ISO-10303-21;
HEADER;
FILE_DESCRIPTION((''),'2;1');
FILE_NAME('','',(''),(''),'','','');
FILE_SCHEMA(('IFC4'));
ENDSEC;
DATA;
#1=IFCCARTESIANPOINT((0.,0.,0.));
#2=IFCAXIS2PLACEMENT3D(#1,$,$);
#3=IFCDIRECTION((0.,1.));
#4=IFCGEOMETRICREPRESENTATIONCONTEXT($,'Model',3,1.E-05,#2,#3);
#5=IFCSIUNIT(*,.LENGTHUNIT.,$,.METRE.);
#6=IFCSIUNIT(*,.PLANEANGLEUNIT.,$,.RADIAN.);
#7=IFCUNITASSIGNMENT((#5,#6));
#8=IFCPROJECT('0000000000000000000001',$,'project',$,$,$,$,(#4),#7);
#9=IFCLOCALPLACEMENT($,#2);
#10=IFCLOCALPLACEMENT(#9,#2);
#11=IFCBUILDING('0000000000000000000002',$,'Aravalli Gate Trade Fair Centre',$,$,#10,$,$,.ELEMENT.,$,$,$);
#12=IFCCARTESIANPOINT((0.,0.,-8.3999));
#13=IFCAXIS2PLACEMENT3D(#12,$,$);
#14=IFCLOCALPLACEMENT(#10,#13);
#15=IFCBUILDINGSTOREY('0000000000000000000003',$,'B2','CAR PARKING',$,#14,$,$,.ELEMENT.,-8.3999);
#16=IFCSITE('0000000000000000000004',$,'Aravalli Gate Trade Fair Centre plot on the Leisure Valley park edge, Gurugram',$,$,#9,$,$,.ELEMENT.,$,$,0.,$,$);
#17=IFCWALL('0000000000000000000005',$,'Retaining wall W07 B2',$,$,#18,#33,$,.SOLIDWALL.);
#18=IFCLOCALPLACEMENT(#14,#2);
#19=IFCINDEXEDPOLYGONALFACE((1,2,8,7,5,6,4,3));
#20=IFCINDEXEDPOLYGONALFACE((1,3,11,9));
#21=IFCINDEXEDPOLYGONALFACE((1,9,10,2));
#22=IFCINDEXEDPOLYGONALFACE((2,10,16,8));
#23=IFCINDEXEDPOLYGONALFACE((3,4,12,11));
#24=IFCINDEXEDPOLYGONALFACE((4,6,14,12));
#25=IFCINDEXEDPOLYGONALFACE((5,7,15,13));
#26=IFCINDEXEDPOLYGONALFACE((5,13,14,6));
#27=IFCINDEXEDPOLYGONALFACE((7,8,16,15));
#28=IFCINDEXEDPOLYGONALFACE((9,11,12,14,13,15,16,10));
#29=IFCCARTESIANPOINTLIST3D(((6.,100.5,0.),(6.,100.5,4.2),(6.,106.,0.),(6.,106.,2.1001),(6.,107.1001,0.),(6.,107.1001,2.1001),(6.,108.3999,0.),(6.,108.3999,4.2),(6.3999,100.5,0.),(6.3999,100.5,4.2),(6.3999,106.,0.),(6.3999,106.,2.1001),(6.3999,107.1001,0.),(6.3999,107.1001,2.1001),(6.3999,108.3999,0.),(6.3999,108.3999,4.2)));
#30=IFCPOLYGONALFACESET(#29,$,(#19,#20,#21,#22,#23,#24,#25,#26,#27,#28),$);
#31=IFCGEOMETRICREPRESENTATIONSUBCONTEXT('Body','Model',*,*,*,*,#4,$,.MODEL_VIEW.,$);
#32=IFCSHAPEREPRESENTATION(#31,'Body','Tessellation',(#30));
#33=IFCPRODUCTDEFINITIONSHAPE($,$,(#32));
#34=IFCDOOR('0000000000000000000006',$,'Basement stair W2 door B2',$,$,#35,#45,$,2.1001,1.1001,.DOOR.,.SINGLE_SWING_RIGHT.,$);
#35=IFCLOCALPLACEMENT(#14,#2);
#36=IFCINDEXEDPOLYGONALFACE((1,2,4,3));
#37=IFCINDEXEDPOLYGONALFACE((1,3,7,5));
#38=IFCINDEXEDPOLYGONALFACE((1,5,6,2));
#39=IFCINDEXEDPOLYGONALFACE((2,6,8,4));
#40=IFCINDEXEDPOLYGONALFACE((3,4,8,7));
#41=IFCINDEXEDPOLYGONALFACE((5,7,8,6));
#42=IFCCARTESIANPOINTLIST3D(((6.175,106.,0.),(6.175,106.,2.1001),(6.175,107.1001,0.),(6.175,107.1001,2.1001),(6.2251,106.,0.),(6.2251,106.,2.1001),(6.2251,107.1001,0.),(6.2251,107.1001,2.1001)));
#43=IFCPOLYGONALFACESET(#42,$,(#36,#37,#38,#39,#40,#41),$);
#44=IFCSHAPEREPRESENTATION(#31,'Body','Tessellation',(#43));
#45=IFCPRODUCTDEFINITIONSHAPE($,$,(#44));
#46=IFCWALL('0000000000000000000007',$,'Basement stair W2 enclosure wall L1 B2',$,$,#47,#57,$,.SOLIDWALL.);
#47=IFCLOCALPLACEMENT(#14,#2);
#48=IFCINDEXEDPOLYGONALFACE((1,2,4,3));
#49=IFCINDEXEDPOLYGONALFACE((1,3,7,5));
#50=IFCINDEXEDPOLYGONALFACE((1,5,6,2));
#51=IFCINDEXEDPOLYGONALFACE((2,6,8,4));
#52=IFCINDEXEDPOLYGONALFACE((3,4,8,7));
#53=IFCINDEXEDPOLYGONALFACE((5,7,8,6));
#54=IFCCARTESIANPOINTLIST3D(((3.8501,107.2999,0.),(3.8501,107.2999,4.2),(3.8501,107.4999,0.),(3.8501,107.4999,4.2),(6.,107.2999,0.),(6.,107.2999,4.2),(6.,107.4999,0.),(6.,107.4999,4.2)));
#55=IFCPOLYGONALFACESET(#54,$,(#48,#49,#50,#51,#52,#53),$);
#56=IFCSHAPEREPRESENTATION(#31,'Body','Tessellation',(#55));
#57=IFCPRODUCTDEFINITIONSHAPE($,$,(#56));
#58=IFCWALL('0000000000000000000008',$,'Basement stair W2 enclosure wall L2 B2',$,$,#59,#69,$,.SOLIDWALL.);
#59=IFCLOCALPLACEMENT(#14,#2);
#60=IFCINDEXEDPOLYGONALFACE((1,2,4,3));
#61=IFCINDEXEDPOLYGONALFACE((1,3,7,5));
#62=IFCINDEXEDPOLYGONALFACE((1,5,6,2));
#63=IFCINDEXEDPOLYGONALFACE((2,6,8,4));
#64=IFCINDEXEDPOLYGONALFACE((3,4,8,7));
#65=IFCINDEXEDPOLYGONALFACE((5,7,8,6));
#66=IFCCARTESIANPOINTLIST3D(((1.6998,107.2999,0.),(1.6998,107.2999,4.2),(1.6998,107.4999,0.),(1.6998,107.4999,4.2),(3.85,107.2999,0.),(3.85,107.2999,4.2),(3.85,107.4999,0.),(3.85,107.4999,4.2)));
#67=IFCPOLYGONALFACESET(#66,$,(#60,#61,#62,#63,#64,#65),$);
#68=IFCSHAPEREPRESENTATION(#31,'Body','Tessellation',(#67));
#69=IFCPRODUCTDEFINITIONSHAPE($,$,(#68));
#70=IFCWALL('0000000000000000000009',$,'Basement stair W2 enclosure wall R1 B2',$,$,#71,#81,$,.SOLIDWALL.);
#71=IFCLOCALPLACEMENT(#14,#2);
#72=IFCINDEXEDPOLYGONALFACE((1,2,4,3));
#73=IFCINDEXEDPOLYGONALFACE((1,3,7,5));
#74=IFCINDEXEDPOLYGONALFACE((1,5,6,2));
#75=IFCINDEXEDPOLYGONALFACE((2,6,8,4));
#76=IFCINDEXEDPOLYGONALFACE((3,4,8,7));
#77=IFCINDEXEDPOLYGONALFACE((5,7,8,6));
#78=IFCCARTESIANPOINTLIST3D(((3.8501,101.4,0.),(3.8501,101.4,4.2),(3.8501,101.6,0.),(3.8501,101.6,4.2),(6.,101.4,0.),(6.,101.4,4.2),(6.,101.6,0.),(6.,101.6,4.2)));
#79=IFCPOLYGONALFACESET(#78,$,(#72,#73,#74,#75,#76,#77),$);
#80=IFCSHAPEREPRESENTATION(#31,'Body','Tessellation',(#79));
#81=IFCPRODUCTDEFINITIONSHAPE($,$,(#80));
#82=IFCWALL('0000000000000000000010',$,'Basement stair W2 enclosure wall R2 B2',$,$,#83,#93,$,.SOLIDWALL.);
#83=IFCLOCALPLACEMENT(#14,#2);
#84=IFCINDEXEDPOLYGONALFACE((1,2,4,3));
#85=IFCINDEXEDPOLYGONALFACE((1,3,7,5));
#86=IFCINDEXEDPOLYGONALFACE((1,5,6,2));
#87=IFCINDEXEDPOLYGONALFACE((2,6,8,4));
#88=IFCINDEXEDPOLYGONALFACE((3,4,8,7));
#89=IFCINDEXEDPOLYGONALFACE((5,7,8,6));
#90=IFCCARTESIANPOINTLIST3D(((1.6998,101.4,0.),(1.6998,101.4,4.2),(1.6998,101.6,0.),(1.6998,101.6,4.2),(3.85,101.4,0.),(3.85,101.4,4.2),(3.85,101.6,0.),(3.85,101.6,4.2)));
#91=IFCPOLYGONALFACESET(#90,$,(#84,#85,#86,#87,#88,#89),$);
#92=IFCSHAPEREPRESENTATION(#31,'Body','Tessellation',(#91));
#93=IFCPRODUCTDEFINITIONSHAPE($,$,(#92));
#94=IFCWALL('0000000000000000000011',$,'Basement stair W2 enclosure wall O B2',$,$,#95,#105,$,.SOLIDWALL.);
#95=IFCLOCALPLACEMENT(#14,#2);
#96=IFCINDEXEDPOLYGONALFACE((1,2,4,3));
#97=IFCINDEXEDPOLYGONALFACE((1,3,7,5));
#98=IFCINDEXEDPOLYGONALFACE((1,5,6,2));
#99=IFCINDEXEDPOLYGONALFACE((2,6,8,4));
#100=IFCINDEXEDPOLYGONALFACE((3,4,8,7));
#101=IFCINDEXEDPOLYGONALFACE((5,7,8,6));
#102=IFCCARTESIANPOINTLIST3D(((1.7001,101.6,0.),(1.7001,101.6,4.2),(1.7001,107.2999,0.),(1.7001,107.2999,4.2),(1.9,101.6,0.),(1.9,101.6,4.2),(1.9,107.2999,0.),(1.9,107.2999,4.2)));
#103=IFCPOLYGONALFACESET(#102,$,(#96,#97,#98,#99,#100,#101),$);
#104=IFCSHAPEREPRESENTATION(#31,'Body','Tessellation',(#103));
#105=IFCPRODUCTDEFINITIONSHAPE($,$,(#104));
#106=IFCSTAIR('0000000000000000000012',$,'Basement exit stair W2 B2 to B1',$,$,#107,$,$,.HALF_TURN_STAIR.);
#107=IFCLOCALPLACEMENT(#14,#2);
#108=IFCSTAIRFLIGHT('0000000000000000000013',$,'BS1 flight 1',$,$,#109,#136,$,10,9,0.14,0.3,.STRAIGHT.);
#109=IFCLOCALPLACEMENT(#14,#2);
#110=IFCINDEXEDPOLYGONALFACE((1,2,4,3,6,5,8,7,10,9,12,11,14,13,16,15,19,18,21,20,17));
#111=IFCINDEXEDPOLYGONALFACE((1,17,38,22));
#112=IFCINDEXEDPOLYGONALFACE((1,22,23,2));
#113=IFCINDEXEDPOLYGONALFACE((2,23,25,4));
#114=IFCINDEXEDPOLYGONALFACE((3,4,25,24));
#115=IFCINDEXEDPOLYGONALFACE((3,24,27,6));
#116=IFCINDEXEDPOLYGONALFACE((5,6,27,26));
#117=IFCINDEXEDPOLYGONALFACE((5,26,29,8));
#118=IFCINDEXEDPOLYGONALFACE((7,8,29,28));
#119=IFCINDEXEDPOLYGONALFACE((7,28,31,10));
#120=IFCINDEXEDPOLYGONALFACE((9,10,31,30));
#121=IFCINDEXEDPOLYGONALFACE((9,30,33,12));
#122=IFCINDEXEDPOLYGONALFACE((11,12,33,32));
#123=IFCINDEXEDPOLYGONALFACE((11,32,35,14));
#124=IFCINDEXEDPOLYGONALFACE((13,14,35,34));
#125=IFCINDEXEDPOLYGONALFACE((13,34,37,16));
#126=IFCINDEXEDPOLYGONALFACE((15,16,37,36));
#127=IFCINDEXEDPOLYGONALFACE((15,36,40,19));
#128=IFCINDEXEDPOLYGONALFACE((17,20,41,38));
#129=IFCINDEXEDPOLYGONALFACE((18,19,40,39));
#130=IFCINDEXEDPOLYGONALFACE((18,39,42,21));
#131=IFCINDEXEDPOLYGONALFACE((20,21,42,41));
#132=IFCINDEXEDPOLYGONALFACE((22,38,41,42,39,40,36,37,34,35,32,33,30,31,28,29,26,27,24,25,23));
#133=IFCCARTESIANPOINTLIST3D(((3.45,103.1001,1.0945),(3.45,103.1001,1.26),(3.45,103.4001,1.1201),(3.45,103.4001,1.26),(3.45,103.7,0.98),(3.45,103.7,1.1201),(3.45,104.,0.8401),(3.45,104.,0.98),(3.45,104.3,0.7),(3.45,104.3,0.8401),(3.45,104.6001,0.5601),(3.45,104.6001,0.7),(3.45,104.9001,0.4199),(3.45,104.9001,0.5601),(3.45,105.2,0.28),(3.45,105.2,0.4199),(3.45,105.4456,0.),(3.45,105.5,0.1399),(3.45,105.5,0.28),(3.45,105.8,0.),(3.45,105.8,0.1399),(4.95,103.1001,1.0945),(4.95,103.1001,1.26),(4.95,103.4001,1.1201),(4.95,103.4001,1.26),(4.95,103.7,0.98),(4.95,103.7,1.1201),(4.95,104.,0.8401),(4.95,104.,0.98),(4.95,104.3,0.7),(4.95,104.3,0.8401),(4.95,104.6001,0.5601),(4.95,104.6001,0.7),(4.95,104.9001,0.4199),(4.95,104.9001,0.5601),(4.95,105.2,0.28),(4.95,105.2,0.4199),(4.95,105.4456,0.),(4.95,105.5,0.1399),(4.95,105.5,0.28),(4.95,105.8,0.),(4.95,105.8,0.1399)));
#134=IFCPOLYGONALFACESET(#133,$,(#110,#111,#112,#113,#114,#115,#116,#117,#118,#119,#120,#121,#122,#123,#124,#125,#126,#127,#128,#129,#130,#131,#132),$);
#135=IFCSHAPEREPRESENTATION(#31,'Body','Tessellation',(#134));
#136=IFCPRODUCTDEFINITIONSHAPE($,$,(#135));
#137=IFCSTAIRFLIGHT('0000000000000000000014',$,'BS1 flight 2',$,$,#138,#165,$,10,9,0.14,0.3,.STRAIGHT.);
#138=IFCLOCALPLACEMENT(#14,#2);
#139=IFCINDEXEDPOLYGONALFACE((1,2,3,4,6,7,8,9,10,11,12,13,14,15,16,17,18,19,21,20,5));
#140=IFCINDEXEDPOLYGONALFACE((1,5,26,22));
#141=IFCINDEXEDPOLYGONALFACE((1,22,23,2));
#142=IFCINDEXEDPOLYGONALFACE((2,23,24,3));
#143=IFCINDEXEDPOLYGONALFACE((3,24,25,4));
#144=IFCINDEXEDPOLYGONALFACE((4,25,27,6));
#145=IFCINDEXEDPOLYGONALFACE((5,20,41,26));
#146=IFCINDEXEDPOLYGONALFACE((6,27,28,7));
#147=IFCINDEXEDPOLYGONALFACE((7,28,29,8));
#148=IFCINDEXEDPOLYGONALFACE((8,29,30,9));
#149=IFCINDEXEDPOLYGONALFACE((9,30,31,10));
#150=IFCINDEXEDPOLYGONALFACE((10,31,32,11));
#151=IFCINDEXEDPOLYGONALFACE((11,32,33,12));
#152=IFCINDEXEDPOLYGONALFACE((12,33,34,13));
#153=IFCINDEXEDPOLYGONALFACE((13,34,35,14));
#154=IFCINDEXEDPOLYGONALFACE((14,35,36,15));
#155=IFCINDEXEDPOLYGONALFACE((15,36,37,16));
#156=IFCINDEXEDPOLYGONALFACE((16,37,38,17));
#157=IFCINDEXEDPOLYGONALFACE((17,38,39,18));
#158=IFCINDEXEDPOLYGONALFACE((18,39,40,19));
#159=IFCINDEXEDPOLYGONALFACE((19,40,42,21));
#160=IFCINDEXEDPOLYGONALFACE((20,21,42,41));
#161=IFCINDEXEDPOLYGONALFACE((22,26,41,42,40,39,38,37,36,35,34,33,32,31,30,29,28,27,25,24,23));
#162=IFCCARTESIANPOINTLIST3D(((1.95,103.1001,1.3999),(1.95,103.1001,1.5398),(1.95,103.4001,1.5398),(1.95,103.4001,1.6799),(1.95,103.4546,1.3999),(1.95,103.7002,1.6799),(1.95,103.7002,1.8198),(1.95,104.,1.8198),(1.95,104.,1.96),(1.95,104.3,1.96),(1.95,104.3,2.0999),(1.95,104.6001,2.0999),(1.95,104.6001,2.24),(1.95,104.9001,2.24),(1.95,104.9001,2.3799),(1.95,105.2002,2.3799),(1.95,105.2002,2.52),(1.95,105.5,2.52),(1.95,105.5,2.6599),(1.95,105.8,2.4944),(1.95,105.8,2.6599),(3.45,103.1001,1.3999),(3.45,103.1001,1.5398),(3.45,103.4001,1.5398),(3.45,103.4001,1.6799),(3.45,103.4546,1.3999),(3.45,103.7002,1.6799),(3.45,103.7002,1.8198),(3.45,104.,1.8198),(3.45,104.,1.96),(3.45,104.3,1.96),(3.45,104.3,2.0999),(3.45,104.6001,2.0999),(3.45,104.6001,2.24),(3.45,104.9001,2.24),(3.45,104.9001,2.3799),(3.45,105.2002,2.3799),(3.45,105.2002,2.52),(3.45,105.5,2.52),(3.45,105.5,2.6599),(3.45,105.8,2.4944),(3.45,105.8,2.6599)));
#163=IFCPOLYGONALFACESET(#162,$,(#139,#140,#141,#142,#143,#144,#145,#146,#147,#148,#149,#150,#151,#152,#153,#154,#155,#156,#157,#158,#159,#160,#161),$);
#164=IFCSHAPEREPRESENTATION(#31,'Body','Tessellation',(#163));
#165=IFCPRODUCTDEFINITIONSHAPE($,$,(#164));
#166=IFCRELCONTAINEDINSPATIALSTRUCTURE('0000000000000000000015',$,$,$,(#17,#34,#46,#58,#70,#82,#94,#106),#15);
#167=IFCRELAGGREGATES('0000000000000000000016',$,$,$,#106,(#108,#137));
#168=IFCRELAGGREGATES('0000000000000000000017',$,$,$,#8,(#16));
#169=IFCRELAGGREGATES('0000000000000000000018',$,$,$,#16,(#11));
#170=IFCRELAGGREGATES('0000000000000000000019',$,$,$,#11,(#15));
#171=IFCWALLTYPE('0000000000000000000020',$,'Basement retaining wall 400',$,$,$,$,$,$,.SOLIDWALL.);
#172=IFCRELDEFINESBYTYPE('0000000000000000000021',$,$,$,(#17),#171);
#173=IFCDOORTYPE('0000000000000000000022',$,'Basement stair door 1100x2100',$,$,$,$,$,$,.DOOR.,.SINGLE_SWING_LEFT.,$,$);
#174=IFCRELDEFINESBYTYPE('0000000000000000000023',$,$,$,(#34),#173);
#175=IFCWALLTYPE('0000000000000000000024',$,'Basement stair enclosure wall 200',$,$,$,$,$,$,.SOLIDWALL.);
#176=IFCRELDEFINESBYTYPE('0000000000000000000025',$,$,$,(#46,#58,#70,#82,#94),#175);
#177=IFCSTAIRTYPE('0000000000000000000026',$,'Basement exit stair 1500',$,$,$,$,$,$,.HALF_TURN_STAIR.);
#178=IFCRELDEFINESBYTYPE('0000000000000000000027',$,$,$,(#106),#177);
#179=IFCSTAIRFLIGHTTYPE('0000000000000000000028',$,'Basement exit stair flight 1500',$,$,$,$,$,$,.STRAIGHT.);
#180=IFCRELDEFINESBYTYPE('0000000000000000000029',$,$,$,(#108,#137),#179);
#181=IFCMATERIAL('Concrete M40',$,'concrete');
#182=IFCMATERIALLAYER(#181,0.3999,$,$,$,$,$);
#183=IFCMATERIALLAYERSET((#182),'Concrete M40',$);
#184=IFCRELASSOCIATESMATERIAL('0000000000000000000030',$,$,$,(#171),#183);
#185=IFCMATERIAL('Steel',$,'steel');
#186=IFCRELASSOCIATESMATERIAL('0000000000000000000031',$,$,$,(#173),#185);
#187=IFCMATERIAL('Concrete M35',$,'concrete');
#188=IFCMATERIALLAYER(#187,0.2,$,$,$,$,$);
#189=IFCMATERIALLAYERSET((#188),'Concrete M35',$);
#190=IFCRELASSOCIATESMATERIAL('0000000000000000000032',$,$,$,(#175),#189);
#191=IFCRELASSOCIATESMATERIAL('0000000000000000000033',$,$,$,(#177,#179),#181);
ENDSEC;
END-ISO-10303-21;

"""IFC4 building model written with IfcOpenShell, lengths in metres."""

from ifc_helpers import new_model, si_unit, direction, frame, frame_2d, origin, place, context, subcontext, project, spatial, polyline, rectangle, outline, extrude, material, layer, layer_set, type_object, element, fill, aggregate, save


model = new_model("IFC4")

# Units and contexts
model_context = context("Model", 3, precision=1e-05, world=origin(), true_north=direction((0.0, 1.0)))
body_context = subcontext(model_context, "Body", "Model", "MODEL_VIEW")
ifc_project = project(units=[si_unit("LENGTHUNIT", "METRE"), si_unit("PLANEANGLEUNIT", "RADIAN")], contexts=[model_context])

# Site, building, storey
site_placement = place(None, origin())
site = spatial("IfcSite", under=ifc_project, at=site_placement, Name="Aravalli Gate Trade Fair Centre plot on the Leisure Valley park edge, Gurugram", CompositionType="ELEMENT", RefElevation=0.0)
building_placement = place(site_placement, origin())
building = spatial("IfcBuilding", under=site, at=building_placement, Name="Aravalli Gate Trade Fair Centre", CompositionType="ELEMENT")
storey_placement = place(building_placement, frame((0.0, 0.0, -8.3999)))
storey = spatial("IfcBuildingStorey", under=building, at=storey_placement, Name="B2", Description="CAR PARKING", CompositionType="ELEMENT", Elevation=-8.3999)

# Shared definitions
ifc_material_1 = material(Name="Concrete M35", Category="concrete")

# Wall, opening, door
ifc_material_2 = material(Name="Concrete M40", Category="concrete")
ifc_layer_1 = layer(ifc_material_2, 0.3999)
ifc_layer_set_1 = layer_set([ifc_layer_1], Name="Concrete M40")
wall_type_1 = type_object("IfcWallType", Name="Basement retaining wall 400", PredefinedType="SOLIDWALL", material=ifc_layer_set_1)
wall_1_placement = place(storey_placement, frame((6.2, 100.5, 0.0), z_axis=(0.0, 0.0, 1.0), x_axis=(0.0, 1.0, 0.0)))
wall_1 = element("IfcWall", 1, at=wall_1_placement, inside=storey, type_object=wall_type_1, Name="Retaining wall W07 B2", PredefinedType="SOLIDWALL", context=body_context, shape_type="SweptSolid", body=[
    extrude(rectangle(XDim=7.8999, YDim=0.3999, at=frame_2d((3.95, 0.0))), origin(), (0.0, 0.0, 1.0), 4.2),
])
opening_placement = place(wall_1_placement, frame((5.5, 0.0, 0.0)))
opening = element("IfcOpeningElement", 2, at=opening_placement, cuts=wall_1, PredefinedType="OPENING", context=body_context, shape_type="SweptSolid", body=[
    extrude(rectangle(XDim=1.1001, YDim=2.1001, at=frame_2d((0.55, 1.05))), frame((0.0, 0.21, 0.0), z_axis=(0.0, -1.0, 0.0), x_axis=(1.0, 0.0, 0.0)), (0.0, 0.0, 1.0), 0.4199),
])
ifc_material_3 = material(Name="Steel", Category="steel")
door_type = type_object("IfcDoorType", Name="Basement stair door 1100x2100", OperationType="SINGLE_SWING_LEFT", PredefinedType="DOOR", material=ifc_material_3)
door_placement = place(opening_placement, origin())
door = element("IfcDoor", 3, at=door_placement, inside=storey, type_object=door_type, Name="Basement stair W2 door B2", OperationType="SINGLE_SWING_RIGHT", OverallHeight=2.1001, OverallWidth=1.1001, PredefinedType="DOOR", context=body_context, shape_type="SweptSolid", body=[
    extrude(rectangle(XDim=1.1001, YDim=2.1001, at=frame_2d((0.55, 1.05))), frame((0.0, 0.0249, 0.0), z_axis=(0.0, -1.0, 0.0), x_axis=(1.0, 0.0, 0.0)), (0.0, 0.0, 1.0), 0.05),
])
fill(opening, door)

# Walls
ifc_layer_2 = layer(ifc_material_1, 0.2)
ifc_layer_set_2 = layer_set([ifc_layer_2], Name="Concrete M35")
wall_type_2 = type_object("IfcWallType", Name="Basement stair enclosure wall 200", PredefinedType="SOLIDWALL", material=ifc_layer_set_2)
wall_2_placement = place(storey_placement, frame((6.0, 107.3999, 0.0), z_axis=(0.0, 0.0, 1.0), x_axis=(-1.0, 0.0, 0.0)))
element("IfcWall", 4, at=wall_2_placement, inside=storey, type_object=wall_type_2, Name="Basement stair W2 enclosure wall L1 B2", PredefinedType="SOLIDWALL", context=body_context, shape_type="SweptSolid", body=[
    extrude(rectangle(XDim=2.1499, YDim=0.2, at=frame_2d((1.075, 0.0))), origin(), (0.0, 0.0, 1.0), 4.2),
])
wall_3_placement = place(storey_placement, frame((3.8501, 107.3999, 0.0), z_axis=(0.0, 0.0, 1.0), x_axis=(-1.0, 0.0, 0.0)))
element("IfcWall", 5, at=wall_3_placement, inside=storey, type_object=wall_type_2, Name="Basement stair W2 enclosure wall L2 B2", PredefinedType="SOLIDWALL", context=body_context, shape_type="SweptSolid", body=[
    extrude(rectangle(XDim=2.1501, YDim=0.2, at=frame_2d((1.0752, 0.0))), origin(), (0.0, 0.0, 1.0), 4.2),
])
wall_4_placement = place(storey_placement, frame((6.0, 101.5, 0.0), z_axis=(0.0, 0.0, 1.0), x_axis=(-1.0, 0.0, 0.0)))
element("IfcWall", 6, at=wall_4_placement, inside=storey, type_object=wall_type_2, Name="Basement stair W2 enclosure wall R1 B2", PredefinedType="SOLIDWALL", context=body_context, shape_type="SweptSolid", body=[
    extrude(rectangle(XDim=2.1499, YDim=0.2, at=frame_2d((1.075, 0.0))), origin(), (0.0, 0.0, 1.0), 4.2),
])
wall_5_placement = place(storey_placement, frame((3.8501, 101.5, 0.0), z_axis=(0.0, 0.0, 1.0), x_axis=(-1.0, 0.0, 0.0)))
element("IfcWall", 7, at=wall_5_placement, inside=storey, type_object=wall_type_2, Name="Basement stair W2 enclosure wall R2 B2", PredefinedType="SOLIDWALL", context=body_context, shape_type="SweptSolid", body=[
    extrude(rectangle(XDim=2.1501, YDim=0.2, at=frame_2d((1.0752, 0.0))), origin(), (0.0, 0.0, 1.0), 4.2),
])
wall_6_placement = place(storey_placement, frame((1.8, 107.3, 0.0), z_axis=(0.0, 0.0, 1.0), x_axis=(0.0, -1.0, 0.0)))
element("IfcWall", 8, at=wall_6_placement, inside=storey, type_object=wall_type_2, Name="Basement stair W2 enclosure wall O B2", PredefinedType="SOLIDWALL", context=body_context, shape_type="SweptSolid", body=[
    extrude(rectangle(XDim=5.7, YDim=0.2, at=frame_2d((2.8501, 0.0))), origin(), (0.0, 0.0, 1.0), 4.2),
])

# Stair, stair flights
stair_type = type_object("IfcStairType", Name="Basement exit stair 1500", PredefinedType="HALF_TURN_STAIR", material=ifc_material_2)
stair_placement = place(storey_placement, origin())
stair = element("IfcStair", 9, at=stair_placement, inside=storey, type_object=stair_type, Name="Basement exit stair W2 B2 to B1", PredefinedType="HALF_TURN_STAIR")
stair_flight_type = type_object("IfcStairFlightType", Name="Basement exit stair flight 1500", PredefinedType="STRAIGHT", material=ifc_material_2)
stair_flight_1_placement = place(storey_placement, frame((4.2, 105.8, 0.0), z_axis=(0.0, 0.0, 1.0), x_axis=(0.0, -1.0, 0.0)))
stair_flight_1 = element("IfcStairFlight", 10, at=stair_flight_1_placement, type_object=stair_flight_type, Name="BS1 flight 1", NumberOfRisers=10, NumberOfTreads=9, PredefinedType="STRAIGHT", RiserHeight=0.14, TreadLength=0.3, context=body_context, shape_type="SweptSolid", body=[
    extrude(outline(polyline([(0.0, 0.0), (0.0, 0.1399), (0.3, 0.1399), (0.3, 0.28), (0.6001, 0.28), (0.6001, 0.4199), (0.8999, 0.4199), (0.8999, 0.5601), (1.2, 0.5601), (1.2, 0.7), (1.5, 0.7), (1.5, 0.8401), (1.8, 0.8401), (1.8, 0.98), (2.1001, 0.98), (2.1001, 1.1201), (2.3999, 1.1201), (2.3999, 1.26), (2.7, 1.26), (2.7, 1.3999), (2.7, 1.0945), (0.3545, 0.0), (0.0, 0.0)])), frame((0.0, 0.75, 0.0), z_axis=(0.0, -1.0, 0.0), x_axis=(1.0, 0.0, 0.0)), (0.0, 0.0, 1.0), 1.5),
])
stair_flight_2_placement = place(storey_placement, frame((2.7, 103.1001, 1.3999), z_axis=(0.0, 0.0, 1.0), x_axis=(0.0, 1.0, 0.0)))
stair_flight_2 = element("IfcStairFlight", 11, at=stair_flight_2_placement, type_object=stair_flight_type, Name="BS1 flight 2", NumberOfRisers=10, NumberOfTreads=9, PredefinedType="STRAIGHT", RiserHeight=0.14, TreadLength=0.3, context=body_context, shape_type="SweptSolid", body=[
    extrude(outline(polyline([(0.0, 0.0), (0.0, 0.1399), (0.3, 0.1399), (0.3, 0.28), (0.6001, 0.28), (0.6001, 0.4199), (0.8999, 0.4199), (0.8999, 0.5601), (1.2, 0.5601), (1.2, 0.7), (1.5, 0.7), (1.5, 0.8401), (1.8, 0.8401), (1.8, 0.98), (2.1001, 0.98), (2.1001, 1.1201), (2.3999, 1.1201), (2.3999, 1.26), (2.7, 1.26), (2.7, 1.3999), (2.7, 1.0945), (0.3545, 0.0), (0.0, 0.0)])), frame((0.0, 0.75, 0.0), z_axis=(0.0, -1.0, 0.0), x_axis=(1.0, 0.0, 0.0)), (0.0, 0.0, 1.0), 1.5),
])
aggregate(stair, [stair_flight_1, stair_flight_2])

save(model, "model.ifc")
